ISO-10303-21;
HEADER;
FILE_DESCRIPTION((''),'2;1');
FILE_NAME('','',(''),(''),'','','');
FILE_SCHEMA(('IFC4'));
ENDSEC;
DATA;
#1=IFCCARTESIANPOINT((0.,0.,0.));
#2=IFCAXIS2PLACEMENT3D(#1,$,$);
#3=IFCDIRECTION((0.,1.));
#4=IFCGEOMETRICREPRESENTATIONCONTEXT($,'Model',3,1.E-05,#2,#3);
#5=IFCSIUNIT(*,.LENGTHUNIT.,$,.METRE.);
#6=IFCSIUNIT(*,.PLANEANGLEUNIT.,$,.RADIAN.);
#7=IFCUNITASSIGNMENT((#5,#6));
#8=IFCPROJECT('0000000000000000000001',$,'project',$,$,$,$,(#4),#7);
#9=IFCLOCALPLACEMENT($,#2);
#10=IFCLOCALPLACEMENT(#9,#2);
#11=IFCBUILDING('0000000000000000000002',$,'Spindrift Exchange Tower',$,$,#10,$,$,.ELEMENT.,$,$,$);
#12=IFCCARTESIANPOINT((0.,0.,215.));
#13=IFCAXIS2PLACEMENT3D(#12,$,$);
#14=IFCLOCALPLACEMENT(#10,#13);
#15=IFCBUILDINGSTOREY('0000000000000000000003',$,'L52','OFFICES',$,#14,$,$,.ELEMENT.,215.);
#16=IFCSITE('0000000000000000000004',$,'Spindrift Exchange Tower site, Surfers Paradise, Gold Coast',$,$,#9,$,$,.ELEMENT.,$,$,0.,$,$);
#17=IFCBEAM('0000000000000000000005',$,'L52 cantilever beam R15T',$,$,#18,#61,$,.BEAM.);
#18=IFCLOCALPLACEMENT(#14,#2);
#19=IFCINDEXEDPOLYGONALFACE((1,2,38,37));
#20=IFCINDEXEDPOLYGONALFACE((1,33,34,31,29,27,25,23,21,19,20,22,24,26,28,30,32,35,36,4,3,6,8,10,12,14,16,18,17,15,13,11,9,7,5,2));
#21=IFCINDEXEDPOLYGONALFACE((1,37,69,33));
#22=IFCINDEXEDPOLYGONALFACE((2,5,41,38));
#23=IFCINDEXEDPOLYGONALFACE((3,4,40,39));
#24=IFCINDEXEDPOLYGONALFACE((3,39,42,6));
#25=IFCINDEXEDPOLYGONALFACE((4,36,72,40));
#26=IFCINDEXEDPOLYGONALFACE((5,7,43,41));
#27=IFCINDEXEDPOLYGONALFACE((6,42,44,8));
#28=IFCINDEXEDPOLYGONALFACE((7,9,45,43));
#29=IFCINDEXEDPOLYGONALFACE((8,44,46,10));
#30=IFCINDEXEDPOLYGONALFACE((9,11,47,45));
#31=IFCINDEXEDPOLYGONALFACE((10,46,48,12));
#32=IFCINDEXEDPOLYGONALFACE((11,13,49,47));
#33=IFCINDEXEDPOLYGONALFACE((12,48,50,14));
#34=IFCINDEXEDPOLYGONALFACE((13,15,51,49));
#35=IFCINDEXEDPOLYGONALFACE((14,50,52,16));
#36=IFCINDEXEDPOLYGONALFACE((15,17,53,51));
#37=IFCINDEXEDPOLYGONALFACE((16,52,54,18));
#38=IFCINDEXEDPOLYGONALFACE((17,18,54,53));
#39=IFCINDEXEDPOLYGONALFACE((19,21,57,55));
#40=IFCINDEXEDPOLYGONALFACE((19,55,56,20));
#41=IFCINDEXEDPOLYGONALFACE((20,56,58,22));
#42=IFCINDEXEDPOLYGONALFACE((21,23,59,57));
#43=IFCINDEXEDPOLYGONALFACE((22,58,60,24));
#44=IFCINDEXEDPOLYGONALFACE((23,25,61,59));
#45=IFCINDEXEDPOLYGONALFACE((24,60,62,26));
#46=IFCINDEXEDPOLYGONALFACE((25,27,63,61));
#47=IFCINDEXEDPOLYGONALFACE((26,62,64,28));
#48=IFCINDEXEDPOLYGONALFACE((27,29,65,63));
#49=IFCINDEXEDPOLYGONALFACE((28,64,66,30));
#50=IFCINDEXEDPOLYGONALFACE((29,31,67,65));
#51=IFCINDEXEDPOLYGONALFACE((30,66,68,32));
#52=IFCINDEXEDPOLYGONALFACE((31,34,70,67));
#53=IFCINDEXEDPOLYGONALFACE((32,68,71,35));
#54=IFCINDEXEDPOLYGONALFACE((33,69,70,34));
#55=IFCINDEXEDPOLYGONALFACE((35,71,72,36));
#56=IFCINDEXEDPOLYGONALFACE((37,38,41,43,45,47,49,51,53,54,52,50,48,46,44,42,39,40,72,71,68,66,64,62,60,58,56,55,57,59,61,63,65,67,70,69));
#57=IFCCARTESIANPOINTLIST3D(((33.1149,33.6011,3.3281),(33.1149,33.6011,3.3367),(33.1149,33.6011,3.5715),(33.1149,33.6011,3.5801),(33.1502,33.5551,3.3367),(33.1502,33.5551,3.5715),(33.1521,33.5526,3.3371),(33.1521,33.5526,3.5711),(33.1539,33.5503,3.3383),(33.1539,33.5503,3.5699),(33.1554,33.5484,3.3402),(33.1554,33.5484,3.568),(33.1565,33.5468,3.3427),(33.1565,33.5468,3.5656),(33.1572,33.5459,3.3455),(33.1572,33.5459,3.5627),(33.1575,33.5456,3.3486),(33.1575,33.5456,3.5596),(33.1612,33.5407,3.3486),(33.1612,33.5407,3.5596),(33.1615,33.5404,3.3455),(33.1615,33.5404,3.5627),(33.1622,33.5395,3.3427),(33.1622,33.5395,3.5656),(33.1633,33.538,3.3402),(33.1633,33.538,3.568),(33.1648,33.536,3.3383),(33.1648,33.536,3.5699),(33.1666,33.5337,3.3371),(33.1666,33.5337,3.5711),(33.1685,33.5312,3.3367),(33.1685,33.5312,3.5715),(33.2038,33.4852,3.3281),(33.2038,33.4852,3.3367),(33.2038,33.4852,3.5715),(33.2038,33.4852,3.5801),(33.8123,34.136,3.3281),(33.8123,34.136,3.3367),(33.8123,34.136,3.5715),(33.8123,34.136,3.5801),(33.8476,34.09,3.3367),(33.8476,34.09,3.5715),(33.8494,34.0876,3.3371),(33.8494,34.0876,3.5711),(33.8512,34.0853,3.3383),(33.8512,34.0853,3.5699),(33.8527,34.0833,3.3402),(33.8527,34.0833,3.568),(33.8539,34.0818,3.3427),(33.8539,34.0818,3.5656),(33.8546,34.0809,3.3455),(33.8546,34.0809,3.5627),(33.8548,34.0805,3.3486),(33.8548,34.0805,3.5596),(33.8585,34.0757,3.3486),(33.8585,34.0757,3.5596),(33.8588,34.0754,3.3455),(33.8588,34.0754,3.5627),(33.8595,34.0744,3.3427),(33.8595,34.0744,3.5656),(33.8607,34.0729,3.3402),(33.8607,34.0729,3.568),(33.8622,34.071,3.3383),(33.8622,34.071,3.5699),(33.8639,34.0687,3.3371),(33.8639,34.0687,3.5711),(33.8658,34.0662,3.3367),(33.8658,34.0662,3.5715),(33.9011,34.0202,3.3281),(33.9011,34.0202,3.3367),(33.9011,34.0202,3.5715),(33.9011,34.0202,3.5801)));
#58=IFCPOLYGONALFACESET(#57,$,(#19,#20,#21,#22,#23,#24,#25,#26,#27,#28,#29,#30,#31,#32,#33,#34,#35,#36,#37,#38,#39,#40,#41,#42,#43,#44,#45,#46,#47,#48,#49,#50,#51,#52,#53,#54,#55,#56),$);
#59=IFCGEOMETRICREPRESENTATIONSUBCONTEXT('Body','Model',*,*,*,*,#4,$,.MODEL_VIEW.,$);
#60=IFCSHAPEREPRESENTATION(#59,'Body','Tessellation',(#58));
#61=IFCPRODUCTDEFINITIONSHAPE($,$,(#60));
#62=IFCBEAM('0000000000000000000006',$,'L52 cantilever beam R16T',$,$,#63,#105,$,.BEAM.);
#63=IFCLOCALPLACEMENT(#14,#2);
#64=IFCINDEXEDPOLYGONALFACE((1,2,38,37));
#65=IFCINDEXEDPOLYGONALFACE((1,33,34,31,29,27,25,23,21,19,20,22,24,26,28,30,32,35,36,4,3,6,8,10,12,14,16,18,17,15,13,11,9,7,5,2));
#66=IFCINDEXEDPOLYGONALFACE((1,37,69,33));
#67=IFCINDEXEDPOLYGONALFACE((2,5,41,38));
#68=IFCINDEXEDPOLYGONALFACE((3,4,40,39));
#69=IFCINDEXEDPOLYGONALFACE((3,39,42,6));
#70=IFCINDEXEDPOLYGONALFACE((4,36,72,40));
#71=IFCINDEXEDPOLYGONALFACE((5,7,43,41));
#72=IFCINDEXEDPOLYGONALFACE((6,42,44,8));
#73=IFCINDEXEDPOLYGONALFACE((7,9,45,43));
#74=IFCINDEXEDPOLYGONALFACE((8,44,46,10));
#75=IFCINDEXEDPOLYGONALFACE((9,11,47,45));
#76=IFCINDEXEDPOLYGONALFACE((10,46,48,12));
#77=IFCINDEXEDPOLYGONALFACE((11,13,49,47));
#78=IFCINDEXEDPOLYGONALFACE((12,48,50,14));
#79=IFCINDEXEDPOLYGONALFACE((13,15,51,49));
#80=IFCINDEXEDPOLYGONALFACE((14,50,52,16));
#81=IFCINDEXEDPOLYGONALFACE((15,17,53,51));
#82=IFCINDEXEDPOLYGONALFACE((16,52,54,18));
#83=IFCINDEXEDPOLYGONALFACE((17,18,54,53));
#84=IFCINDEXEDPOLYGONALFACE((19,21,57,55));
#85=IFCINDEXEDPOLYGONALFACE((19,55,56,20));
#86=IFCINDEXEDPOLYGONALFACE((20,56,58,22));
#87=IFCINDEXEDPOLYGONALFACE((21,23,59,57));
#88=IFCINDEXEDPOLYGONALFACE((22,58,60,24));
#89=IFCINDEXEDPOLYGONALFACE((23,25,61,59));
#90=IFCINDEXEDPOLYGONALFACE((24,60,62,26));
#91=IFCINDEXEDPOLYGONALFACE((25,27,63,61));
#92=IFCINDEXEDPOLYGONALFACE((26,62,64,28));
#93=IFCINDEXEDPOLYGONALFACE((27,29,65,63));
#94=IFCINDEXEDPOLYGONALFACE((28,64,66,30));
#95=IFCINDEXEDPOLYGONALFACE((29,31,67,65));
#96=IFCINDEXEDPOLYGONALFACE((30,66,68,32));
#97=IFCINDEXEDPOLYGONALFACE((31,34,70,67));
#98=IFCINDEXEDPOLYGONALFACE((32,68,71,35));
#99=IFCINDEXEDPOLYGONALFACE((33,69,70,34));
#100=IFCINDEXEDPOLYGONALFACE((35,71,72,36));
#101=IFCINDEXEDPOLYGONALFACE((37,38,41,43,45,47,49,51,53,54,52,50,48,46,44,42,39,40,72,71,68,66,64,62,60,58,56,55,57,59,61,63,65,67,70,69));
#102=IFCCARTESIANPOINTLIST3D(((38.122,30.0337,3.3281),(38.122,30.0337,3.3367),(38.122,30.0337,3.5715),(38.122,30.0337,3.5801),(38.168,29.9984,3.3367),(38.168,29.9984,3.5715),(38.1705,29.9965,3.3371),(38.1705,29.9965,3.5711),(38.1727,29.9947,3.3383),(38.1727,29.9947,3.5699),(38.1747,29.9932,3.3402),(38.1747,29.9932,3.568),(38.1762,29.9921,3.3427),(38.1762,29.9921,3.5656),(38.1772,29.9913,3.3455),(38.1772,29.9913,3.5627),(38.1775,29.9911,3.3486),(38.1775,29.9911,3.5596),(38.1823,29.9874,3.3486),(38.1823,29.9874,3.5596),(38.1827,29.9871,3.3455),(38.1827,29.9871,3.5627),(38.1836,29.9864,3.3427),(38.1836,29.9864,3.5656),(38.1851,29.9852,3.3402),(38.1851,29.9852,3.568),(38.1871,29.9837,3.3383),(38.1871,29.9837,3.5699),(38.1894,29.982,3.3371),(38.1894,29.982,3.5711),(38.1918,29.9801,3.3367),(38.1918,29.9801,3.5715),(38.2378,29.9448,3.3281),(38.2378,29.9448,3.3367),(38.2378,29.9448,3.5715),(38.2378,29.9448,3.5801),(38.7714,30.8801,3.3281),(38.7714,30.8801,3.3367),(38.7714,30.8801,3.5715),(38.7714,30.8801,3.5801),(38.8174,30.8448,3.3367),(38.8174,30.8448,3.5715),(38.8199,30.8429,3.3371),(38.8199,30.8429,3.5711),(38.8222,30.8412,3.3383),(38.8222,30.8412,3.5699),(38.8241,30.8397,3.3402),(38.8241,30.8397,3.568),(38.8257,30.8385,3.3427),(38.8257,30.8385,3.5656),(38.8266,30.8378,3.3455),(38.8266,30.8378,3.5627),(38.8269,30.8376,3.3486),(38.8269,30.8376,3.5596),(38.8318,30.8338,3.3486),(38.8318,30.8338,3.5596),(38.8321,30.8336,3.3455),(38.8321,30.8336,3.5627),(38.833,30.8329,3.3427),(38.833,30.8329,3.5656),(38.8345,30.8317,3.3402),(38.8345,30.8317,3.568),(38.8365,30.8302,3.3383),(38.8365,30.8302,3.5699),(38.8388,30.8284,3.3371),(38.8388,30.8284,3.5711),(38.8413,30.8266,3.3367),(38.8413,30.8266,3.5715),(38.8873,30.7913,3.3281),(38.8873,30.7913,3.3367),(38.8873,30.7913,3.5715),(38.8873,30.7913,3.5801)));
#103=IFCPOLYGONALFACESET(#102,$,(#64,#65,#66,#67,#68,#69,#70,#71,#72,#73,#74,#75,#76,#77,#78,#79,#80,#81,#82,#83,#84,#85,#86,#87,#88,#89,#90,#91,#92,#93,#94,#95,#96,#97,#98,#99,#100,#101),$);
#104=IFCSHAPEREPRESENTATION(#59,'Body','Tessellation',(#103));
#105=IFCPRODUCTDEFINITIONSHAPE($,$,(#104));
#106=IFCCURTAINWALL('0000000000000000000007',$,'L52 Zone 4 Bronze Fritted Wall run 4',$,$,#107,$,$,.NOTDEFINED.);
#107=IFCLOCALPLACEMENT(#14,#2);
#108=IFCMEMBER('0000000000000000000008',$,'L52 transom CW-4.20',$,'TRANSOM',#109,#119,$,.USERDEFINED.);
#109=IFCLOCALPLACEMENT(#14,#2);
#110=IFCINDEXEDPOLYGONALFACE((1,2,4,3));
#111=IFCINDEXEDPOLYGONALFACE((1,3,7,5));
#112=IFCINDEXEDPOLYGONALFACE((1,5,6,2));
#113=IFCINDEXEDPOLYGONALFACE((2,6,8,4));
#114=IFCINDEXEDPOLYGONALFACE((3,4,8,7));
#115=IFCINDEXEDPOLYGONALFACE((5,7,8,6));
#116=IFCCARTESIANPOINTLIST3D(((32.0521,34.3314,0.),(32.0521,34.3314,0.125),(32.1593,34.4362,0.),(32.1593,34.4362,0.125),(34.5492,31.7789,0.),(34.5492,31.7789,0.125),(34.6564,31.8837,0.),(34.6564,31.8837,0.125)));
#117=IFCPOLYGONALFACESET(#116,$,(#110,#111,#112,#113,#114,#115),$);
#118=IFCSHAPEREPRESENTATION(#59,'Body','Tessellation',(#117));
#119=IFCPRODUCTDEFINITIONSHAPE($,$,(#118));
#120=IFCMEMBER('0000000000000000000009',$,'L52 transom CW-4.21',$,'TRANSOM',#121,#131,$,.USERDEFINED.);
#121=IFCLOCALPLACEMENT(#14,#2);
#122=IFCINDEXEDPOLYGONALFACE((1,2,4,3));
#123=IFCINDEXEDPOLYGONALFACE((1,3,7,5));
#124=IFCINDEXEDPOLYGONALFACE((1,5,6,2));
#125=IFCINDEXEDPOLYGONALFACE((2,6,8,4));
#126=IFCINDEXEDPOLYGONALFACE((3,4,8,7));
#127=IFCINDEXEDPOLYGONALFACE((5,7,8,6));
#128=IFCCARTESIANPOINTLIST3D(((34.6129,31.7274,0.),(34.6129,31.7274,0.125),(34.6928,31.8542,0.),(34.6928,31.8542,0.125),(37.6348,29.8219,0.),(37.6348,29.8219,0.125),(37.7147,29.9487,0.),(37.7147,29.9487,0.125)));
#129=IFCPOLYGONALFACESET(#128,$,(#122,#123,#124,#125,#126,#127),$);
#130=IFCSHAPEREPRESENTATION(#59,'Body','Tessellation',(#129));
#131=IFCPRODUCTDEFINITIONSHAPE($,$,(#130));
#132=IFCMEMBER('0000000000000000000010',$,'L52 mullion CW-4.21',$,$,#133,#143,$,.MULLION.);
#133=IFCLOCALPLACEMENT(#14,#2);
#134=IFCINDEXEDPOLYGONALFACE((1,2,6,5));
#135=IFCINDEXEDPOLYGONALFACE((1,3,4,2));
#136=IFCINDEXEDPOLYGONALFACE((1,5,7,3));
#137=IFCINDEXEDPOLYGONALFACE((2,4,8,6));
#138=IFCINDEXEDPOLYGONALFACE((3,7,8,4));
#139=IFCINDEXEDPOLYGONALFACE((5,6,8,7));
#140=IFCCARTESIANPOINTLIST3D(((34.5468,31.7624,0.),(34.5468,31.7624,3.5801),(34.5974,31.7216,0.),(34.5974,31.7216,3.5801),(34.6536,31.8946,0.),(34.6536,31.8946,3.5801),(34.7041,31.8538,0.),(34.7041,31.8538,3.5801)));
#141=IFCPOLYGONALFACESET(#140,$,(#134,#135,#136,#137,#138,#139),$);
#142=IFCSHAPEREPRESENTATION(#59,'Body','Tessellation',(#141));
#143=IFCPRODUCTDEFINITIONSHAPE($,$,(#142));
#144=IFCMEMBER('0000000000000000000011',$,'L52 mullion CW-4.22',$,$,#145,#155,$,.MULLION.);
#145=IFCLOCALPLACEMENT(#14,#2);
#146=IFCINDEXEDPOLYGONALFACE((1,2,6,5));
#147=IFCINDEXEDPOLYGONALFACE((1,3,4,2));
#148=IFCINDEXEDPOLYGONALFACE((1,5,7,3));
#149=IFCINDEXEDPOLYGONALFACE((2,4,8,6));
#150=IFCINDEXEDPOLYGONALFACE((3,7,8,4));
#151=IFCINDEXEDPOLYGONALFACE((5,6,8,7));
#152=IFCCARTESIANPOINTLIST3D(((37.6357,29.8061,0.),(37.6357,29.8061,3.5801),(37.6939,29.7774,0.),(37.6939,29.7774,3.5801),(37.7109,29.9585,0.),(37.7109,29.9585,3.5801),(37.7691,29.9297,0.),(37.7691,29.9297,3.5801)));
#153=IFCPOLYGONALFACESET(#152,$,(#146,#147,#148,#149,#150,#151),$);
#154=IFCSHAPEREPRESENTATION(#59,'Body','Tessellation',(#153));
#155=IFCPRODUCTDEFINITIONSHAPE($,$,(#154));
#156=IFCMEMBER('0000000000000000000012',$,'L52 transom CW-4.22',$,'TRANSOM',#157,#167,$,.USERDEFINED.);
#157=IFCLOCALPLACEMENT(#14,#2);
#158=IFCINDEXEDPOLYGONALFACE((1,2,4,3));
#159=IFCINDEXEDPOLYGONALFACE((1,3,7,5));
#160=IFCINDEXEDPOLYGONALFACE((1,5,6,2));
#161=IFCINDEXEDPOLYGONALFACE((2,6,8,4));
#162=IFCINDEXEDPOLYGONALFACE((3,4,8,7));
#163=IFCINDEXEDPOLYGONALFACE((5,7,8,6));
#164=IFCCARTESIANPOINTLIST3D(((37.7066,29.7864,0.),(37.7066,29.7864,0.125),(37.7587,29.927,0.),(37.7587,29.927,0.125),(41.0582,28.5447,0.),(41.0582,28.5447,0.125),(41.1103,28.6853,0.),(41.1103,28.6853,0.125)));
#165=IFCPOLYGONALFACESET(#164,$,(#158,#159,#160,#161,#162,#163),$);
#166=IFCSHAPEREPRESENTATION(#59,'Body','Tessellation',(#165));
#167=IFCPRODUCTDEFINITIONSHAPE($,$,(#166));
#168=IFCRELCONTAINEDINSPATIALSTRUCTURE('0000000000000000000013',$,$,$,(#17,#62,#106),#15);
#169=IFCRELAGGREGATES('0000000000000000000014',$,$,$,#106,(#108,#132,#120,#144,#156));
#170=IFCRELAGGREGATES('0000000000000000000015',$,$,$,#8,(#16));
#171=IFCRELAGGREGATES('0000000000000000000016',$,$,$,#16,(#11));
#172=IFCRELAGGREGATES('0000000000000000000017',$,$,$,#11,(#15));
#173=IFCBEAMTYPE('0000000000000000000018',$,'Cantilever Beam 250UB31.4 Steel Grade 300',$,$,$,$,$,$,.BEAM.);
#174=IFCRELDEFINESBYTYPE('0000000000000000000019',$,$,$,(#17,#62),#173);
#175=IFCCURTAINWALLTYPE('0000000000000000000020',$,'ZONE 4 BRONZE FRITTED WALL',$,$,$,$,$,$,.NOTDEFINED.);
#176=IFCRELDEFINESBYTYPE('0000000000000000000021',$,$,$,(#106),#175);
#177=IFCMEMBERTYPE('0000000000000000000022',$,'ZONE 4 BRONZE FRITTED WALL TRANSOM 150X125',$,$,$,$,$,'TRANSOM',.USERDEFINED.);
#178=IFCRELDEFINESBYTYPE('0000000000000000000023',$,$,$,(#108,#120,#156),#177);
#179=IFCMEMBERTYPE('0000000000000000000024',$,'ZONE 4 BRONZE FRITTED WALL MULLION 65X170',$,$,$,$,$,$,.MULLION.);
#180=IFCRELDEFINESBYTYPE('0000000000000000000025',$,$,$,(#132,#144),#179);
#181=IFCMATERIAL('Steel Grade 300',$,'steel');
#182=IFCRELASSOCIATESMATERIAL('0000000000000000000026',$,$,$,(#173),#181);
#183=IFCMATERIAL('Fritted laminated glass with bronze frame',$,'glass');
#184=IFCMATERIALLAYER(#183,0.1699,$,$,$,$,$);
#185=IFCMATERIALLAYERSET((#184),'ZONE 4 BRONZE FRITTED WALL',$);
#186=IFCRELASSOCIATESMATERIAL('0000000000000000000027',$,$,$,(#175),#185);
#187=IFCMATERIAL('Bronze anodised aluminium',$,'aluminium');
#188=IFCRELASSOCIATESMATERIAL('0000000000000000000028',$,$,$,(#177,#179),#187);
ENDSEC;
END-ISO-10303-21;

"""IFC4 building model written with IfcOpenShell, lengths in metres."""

from ifc_helpers import new_model, si_unit, direction, frame, origin, origin_2d, place, context, subcontext, project, spatial, rectangle, i_section, extrude, source, transform, mapped, material, layer, layer_set, material_profile, profile_set, type_object, element, aggregate, save


model = new_model("IFC4")

# Units and contexts
model_context = context("Model", 3, precision=1e-05, world=origin(), true_north=direction((0.0, 1.0)))
body_context = subcontext(model_context, "Body", "Model", "MODEL_VIEW")
ifc_project = project(units=[si_unit("LENGTHUNIT", "METRE"), si_unit("PLANEANGLEUNIT", "RADIAN")], contexts=[model_context])

# Site, building, storey
site_placement = place(None, origin())
site = spatial("IfcSite", under=ifc_project, at=site_placement, Name="Spindrift Exchange Tower site, Surfers Paradise, Gold Coast", CompositionType="ELEMENT", RefElevation=0.0)
building_placement = place(site_placement, origin())
building = spatial("IfcBuilding", under=site, at=building_placement, Name="Spindrift Exchange Tower", CompositionType="ELEMENT")
storey_placement = place(building_placement, frame((0.0, 0.0, 215.0)))
storey = spatial("IfcBuildingStorey", under=building, at=storey_placement, Name="L52", Description="OFFICES", CompositionType="ELEMENT", Elevation=215.0)

# Beams
ifc_material_1 = material(Name="Steel Grade 300", Category="steel")
ifc_material_profile_1 = material_profile(ifc_material_1, i_section(OverallWidth=0.146, OverallDepth=0.252, WebThickness=0.0061, FlangeThickness=0.0085, FilletRadius=0.012, at=origin_2d()), Name="250UB31.4")
ifc_profile_set_1 = profile_set([ifc_material_profile_1], Name="Steel Grade 300")
beam_type_1 = type_object("IfcBeamType", Name="Cantilever Beam 250UB31.4 Steel Grade 300", PredefinedType="BEAM", material=ifc_profile_set_1)
shared_shape_1 = source(origin(), body_context, "Body", "SweptSolid", [
    extrude(i_section(OverallWidth=0.146, OverallDepth=0.252, WebThickness=0.0061, FlangeThickness=0.0085, FilletRadius=0.012, at=origin_2d()), origin(), (0.0, 0.0, 1.0), 0.8789),
])
beam_1_placement = place(storey_placement, frame((33.8567, 34.0781, 3.4541), z_axis=(-0.793419, -0.608676, 0.0), x_axis=(0.608676, -0.793419, 0.0)))
element("IfcBeam", 1, at=beam_1_placement, inside=storey, type_object=beam_type_1, Name="L52 cantilever beam R15T", PredefinedType="BEAM", context=body_context, shape_type="MappedRepresentation", body=[
    mapped(shared_shape_1, transform((0.0, 0.0, 0.0), scale=1.0)),
])
shared_shape_2 = source(origin(), body_context, "Body", "SweptSolid", [
    extrude(i_section(OverallWidth=0.146, OverallDepth=0.252, WebThickness=0.0061, FlangeThickness=0.0085, FilletRadius=0.012, at=origin_2d()), origin(), (0.0, 0.0, 1.0), 1.0669),
])
beam_2_placement = place(storey_placement, frame((38.8293, 30.8357, 3.4541), z_axis=(-0.608715, -0.793389, 0.0), x_axis=(0.793389, -0.608715, 0.0)))
element("IfcBeam", 2, at=beam_2_placement, inside=storey, type_object=beam_type_1, Name="L52 cantilever beam R16T", PredefinedType="BEAM", context=body_context, shape_type="MappedRepresentation", body=[
    mapped(shared_shape_2, transform((0.0, 0.0, 0.0), scale=1.0)),
])

# Curtain wall, members
ifc_material_2 = material(Name="Fritted laminated glass with bronze frame", Category="glass")
ifc_layer_1 = layer(ifc_material_2, 0.1699)
ifc_layer_set_1 = layer_set([ifc_layer_1], Name="ZONE 4 BRONZE FRITTED WALL")
curtain_wall_type = type_object("IfcCurtainWallType", Name="ZONE 4 BRONZE FRITTED WALL", PredefinedType="NOTDEFINED", material=ifc_layer_set_1)
curtain_wall_placement = place(storey_placement, origin())
curtain_wall = element("IfcCurtainWall", 3, at=curtain_wall_placement, inside=storey, type_object=curtain_wall_type, Name="L52 Zone 4 Bronze Fritted Wall run 4", PredefinedType="NOTDEFINED")
ifc_material_3 = material(Name="Bronze anodised aluminium", Category="aluminium")
ifc_material_profile_2 = material_profile(ifc_material_3, rectangle(XDim=0.1499, YDim=0.125, at=origin_2d()), Name="ZONE 4 BRONZE FRITTED WALL TRANSOM 150X125")
ifc_profile_set_2 = profile_set([ifc_material_profile_2], Name="Bronze anodised aluminium")
member_type_1 = type_object("IfcMemberType", Name="ZONE 4 BRONZE FRITTED WALL TRANSOM 150X125", ElementType="TRANSOM", PredefinedType="USERDEFINED", material=ifc_profile_set_2)
shared_shape_3 = source(origin(), body_context, "Body", "SweptSolid", [
    extrude(rectangle(XDim=0.1499, YDim=0.125, at=origin_2d()), origin(), (0.0, 0.0, 1.0), 3.5708),
])
member_1_placement = place(storey_placement, frame((32.1057, 34.3838, 0.0625), z_axis=(0.699304, -0.714824, 0.0), x_axis=(0.714824, 0.699304, 0.0)))
member_1 = element("IfcMember", 4, at=member_1_placement, type_object=member_type_1, Name="L52 transom CW-4.20", ObjectType="TRANSOM", PredefinedType="USERDEFINED", context=body_context, shape_type="MappedRepresentation", body=[
    mapped(shared_shape_3, transform((0.0, 0.0, 0.0), scale=1.0)),
])
shared_shape_4 = source(origin(), body_context, "Body", "SweptSolid", [
    extrude(rectangle(XDim=0.1499, YDim=0.125, at=origin_2d()), origin(), (0.0, 0.0, 1.0), 3.5725),
])
member_2_placement = place(storey_placement, frame((34.6528, 31.7908, 0.0625), z_axis=(0.84588, -0.533373, 0.0), x_axis=(0.533373, 0.84588, 0.0)))
member_2 = element("IfcMember", 5, at=member_2_placement, type_object=member_type_1, Name="L52 transom CW-4.21", ObjectType="TRANSOM", PredefinedType="USERDEFINED", context=body_context, shape_type="MappedRepresentation", body=[
    mapped(shared_shape_4, transform((0.0, 0.0, 0.0), scale=1.0)),
])
ifc_material_profile_3 = material_profile(ifc_material_3, rectangle(XDim=0.0649, YDim=0.1699, at=origin_2d()), Name="ZONE 4 BRONZE FRITTED WALL MULLION 65X170")
ifc_profile_set_3 = profile_set([ifc_material_profile_3], Name="Bronze anodised aluminium")
member_type_2 = type_object("IfcMemberType", Name="ZONE 4 BRONZE FRITTED WALL MULLION 65X170", PredefinedType="MULLION", material=ifc_profile_set_3)
shared_shape_5 = source(origin(), body_context, "Body", "SweptSolid", [
    extrude(rectangle(XDim=0.0649, YDim=0.1699, at=origin_2d()), origin(), (0.0, 0.0, 1.0), 3.5801),
])
member_3_placement = place(storey_placement, frame((34.6255, 31.8081, 0.0), z_axis=(0.0, 0.0, 1.0), x_axis=(0.777882, -0.628411, 0.0)))
member_3 = element("IfcMember", 6, at=member_3_placement, type_object=member_type_2, Name="L52 mullion CW-4.21", PredefinedType="MULLION", context=body_context, shape_type="MappedRepresentation", body=[
    mapped(shared_shape_5, transform((0.0, 0.0, 0.0), scale=1.0)),
])
member_4_placement = place(storey_placement, frame((37.7024, 29.8679, 0.0), z_axis=(0.0, 0.0, 1.0), x_axis=(0.896633, -0.442775, 0.0)))
member_4 = element("IfcMember", 7, at=member_4_placement, type_object=member_type_2, Name="L52 mullion CW-4.22", PredefinedType="MULLION", context=body_context, shape_type="MappedRepresentation", body=[
    mapped(shared_shape_5, transform((0.0, 0.0, 0.0), scale=1.0)),
])
shared_shape_6 = source(origin(), body_context, "Body", "SweptSolid", [
    extrude(rectangle(XDim=0.1499, YDim=0.125, at=origin_2d()), origin(), (0.0, 0.0, 1.0), 3.5742),
])
member_5_placement = place(storey_placement, frame((37.7327, 29.8567, 0.0625), z_axis=(0.937714, -0.347408, 0.0), x_axis=(0.347408, 0.937714, 0.0)))
member_5 = element("IfcMember", 8, at=member_5_placement, type_object=member_type_1, Name="L52 transom CW-4.22", ObjectType="TRANSOM", PredefinedType="USERDEFINED", context=body_context, shape_type="MappedRepresentation", body=[
    mapped(shared_shape_6, transform((0.0, 0.0, 0.0), scale=1.0)),
])

aggregate(curtain_wall, [member_1, member_3, member_2, member_4, member_5])

save(model, "model.ifc")
